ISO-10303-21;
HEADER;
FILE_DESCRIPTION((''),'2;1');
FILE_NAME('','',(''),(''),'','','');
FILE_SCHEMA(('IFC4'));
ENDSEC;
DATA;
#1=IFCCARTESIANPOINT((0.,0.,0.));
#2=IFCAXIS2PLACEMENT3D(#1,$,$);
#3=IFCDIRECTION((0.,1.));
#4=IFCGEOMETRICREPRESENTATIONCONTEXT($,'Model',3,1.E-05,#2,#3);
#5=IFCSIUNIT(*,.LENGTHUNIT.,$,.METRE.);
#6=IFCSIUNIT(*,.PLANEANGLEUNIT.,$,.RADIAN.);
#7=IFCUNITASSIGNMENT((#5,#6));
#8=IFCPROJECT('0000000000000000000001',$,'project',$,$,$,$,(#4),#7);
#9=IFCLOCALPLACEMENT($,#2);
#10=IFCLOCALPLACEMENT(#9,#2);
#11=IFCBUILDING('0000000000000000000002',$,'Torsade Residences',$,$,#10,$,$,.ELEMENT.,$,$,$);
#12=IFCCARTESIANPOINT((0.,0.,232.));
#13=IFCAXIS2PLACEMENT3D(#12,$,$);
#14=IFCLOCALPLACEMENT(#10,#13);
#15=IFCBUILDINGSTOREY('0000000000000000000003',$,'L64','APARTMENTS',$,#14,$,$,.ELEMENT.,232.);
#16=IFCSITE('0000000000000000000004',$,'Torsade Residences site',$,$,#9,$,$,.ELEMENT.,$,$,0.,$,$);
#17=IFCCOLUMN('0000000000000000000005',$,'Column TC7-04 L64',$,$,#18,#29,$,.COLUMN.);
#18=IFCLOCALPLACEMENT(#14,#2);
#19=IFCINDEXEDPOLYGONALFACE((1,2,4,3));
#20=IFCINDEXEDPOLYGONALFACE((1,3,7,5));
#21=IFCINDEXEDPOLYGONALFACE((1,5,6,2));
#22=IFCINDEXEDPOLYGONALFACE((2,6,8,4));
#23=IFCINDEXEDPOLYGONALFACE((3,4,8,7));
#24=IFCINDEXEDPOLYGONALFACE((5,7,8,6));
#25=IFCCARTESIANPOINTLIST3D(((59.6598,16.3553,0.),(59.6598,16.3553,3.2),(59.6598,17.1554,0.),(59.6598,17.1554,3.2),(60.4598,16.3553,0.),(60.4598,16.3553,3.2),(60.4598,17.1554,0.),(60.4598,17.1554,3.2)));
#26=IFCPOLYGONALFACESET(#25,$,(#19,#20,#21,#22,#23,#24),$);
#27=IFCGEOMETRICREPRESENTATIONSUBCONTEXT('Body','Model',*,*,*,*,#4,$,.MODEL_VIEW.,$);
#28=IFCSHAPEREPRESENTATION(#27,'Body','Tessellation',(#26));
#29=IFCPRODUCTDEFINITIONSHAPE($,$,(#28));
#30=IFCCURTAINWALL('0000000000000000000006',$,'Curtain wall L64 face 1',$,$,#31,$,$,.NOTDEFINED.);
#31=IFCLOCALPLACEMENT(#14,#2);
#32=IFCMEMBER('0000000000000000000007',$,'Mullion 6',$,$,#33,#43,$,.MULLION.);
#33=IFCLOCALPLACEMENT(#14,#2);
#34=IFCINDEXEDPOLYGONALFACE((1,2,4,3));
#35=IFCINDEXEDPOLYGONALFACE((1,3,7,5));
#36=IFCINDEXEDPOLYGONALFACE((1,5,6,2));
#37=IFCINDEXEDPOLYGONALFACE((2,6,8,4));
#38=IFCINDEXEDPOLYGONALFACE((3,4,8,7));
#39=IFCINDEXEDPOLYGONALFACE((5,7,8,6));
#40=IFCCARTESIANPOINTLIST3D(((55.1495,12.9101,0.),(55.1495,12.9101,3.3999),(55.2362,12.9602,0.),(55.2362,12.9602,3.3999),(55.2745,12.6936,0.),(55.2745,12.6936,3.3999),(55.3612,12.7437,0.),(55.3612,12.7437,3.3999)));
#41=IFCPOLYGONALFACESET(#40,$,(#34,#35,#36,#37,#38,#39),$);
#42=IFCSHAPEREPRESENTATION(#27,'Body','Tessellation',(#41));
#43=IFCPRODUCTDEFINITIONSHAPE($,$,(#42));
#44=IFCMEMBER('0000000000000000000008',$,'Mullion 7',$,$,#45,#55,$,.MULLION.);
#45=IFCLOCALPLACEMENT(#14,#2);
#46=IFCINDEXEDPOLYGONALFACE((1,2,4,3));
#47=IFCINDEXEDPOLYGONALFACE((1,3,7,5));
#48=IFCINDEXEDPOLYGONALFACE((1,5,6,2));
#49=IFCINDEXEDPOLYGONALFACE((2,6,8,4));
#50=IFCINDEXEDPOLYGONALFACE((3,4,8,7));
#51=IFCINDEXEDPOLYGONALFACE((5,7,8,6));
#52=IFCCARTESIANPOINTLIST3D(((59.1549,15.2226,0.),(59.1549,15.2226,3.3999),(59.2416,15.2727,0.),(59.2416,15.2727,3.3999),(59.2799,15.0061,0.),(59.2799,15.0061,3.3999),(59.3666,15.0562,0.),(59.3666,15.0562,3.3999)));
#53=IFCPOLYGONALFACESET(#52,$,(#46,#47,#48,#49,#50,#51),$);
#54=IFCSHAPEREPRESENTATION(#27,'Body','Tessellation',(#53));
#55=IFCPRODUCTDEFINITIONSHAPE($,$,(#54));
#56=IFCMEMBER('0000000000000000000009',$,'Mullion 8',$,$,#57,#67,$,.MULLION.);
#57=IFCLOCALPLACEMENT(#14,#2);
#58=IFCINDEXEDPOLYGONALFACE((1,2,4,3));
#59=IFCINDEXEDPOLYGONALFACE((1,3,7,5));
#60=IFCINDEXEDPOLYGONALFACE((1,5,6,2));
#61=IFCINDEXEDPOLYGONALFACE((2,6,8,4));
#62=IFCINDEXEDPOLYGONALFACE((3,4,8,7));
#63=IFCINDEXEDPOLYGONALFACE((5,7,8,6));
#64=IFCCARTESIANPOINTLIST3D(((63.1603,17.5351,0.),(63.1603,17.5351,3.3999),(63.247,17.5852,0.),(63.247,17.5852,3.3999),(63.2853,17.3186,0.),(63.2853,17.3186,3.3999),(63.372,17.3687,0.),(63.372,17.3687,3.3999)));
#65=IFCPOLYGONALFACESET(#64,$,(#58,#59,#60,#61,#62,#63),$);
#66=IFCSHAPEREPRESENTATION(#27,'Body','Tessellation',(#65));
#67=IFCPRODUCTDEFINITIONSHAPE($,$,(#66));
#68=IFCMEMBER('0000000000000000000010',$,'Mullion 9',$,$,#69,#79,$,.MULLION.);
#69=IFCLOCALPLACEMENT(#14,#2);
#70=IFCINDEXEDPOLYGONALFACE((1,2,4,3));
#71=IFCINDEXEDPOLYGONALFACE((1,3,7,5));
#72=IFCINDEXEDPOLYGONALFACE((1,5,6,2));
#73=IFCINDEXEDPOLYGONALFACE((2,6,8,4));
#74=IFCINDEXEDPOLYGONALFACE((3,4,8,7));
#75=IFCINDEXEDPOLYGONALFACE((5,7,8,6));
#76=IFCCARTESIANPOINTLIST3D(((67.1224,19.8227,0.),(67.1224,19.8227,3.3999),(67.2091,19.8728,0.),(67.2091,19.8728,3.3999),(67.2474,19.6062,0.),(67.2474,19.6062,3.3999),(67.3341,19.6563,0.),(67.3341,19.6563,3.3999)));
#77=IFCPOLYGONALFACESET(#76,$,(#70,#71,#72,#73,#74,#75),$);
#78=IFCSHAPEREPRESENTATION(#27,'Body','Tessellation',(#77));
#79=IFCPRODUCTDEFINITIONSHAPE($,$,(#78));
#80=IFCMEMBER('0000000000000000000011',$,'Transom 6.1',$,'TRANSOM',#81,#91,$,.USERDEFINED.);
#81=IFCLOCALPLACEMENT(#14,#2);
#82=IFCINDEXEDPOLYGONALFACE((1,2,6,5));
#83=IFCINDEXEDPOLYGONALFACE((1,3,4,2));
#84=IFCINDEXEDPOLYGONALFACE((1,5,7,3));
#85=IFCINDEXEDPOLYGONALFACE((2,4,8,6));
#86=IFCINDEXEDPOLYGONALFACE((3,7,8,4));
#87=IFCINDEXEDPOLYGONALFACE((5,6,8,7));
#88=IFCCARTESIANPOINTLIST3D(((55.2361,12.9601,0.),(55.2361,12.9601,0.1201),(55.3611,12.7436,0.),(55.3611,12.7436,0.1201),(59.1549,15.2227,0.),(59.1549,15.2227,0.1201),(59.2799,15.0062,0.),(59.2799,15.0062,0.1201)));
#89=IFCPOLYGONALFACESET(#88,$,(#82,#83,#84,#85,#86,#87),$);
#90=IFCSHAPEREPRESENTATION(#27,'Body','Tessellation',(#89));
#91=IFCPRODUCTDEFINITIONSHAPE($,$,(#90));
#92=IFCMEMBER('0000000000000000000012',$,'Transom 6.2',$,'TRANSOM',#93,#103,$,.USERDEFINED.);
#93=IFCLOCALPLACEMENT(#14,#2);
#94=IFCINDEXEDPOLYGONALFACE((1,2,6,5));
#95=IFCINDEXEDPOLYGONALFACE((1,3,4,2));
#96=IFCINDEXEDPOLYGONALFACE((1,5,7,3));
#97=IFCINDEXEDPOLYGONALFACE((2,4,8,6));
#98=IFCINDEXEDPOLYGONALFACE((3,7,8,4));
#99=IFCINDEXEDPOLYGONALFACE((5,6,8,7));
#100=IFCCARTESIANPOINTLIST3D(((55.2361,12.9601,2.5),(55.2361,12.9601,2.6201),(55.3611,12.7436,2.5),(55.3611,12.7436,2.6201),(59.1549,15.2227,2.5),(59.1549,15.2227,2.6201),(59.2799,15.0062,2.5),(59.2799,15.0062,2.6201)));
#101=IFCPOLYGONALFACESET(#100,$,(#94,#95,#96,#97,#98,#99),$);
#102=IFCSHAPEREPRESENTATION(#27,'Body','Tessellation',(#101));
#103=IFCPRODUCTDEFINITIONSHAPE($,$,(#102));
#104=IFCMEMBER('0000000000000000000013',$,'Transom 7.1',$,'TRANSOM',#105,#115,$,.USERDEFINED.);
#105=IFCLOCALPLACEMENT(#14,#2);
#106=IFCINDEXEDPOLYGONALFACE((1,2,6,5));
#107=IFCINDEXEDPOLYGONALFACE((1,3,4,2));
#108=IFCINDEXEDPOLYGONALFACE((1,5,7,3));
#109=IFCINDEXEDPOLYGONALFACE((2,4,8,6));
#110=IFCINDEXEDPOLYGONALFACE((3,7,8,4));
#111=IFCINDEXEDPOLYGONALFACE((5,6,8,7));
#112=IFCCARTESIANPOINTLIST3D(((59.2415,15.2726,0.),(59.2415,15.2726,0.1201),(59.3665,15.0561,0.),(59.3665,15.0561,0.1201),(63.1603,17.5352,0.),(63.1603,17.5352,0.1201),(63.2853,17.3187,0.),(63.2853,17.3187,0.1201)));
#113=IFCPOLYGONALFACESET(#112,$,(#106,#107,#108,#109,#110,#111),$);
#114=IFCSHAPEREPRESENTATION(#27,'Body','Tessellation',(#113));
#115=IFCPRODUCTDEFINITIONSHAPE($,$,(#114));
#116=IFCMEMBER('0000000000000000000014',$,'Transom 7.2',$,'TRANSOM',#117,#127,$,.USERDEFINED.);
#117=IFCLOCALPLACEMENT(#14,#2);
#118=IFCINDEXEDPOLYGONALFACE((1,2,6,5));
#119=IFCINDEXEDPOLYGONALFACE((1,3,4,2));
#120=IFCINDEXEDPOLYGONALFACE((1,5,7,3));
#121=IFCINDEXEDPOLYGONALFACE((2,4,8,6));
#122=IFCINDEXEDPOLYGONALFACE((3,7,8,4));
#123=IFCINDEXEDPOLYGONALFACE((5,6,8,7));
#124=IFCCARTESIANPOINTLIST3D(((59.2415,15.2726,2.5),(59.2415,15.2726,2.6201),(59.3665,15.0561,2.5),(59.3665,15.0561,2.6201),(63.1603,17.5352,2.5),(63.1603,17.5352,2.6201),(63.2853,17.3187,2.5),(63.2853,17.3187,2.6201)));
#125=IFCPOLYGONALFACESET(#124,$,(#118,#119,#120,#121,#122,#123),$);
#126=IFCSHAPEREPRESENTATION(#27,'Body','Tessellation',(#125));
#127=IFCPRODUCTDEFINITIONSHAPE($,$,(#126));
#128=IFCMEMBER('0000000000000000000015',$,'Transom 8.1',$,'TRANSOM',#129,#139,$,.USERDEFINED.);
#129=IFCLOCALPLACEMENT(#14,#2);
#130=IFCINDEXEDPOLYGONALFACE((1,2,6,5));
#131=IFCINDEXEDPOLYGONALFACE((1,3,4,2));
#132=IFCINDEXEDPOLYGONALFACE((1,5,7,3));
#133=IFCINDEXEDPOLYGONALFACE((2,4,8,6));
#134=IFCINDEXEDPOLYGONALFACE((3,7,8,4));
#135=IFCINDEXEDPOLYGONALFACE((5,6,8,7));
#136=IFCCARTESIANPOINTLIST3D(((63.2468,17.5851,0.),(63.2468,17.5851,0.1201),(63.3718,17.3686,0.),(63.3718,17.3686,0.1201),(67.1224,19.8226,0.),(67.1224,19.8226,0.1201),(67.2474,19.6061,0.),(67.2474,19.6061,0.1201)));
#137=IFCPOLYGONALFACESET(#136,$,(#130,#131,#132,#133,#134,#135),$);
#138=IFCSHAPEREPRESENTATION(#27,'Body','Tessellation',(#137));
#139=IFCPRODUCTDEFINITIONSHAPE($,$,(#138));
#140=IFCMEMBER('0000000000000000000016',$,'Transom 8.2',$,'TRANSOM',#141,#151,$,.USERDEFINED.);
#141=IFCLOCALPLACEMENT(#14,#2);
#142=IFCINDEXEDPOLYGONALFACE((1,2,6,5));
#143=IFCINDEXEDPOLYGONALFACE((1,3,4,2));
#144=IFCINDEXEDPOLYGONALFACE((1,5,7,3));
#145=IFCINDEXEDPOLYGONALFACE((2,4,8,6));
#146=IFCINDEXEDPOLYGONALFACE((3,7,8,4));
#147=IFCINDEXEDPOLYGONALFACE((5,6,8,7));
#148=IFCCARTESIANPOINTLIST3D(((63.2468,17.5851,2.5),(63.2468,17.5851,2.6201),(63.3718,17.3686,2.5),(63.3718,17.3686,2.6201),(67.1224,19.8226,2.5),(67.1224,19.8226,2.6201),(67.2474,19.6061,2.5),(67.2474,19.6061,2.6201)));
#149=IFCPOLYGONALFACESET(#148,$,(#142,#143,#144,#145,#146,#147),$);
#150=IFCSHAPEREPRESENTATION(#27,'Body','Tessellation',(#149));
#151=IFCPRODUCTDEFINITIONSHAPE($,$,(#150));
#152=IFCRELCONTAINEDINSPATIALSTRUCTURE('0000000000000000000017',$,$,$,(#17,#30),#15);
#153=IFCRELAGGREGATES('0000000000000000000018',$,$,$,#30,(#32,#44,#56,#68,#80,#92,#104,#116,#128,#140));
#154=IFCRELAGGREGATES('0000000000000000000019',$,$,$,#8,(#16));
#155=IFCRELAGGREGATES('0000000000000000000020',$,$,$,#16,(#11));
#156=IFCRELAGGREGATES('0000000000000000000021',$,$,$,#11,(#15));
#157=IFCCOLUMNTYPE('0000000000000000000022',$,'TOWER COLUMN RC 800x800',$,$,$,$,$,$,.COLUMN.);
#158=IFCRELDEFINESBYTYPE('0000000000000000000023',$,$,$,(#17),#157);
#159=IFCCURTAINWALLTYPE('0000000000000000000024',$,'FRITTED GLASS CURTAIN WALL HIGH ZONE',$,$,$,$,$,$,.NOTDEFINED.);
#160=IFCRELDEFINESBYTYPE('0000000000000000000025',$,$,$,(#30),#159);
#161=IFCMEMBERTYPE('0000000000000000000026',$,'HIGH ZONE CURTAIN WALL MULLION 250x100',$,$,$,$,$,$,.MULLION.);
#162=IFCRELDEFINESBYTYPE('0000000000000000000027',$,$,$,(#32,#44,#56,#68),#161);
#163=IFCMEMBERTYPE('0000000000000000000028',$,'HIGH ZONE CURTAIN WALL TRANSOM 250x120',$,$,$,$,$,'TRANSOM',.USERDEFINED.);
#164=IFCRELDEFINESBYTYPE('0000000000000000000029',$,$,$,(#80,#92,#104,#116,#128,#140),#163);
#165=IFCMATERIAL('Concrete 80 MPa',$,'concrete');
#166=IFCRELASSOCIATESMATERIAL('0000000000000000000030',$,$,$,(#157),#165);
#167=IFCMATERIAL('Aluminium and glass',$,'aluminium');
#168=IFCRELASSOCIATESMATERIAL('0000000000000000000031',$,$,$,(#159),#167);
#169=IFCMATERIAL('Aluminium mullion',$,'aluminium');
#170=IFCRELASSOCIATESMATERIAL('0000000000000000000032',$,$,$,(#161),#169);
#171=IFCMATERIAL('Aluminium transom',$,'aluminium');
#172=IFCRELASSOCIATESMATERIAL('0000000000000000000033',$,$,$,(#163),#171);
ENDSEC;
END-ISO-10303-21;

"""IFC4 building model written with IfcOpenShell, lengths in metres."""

from ifc_helpers import new_model, si_unit, direction, frame, origin, origin_2d, place, context, subcontext, project, spatial, rectangle, extrude, material, material_profile, profile_set, type_object, element, aggregate, save


model = new_model("IFC4")

# Units and contexts
model_context = context("Model", 3, precision=1e-05, world=origin(), true_north=direction((0.0, 1.0)))
body_context = subcontext(model_context, "Body", "Model", "MODEL_VIEW")
ifc_project = project(units=[si_unit("LENGTHUNIT", "METRE"), si_unit("PLANEANGLEUNIT", "RADIAN")], contexts=[model_context])

# Site, building, storey
site_placement = place(None, origin())
site = spatial("IfcSite", under=ifc_project, at=site_placement, Name="Torsade Residences site", CompositionType="ELEMENT", RefElevation=0.0)
building_placement = place(site_placement, origin())
building = spatial("IfcBuilding", under=site, at=building_placement, Name="Torsade Residences", CompositionType="ELEMENT")
storey_placement = place(building_placement, frame((0.0, 0.0, 232.0)))
storey = spatial("IfcBuildingStorey", under=building, at=storey_placement, Name="L64", Description="APARTMENTS", CompositionType="ELEMENT", Elevation=232.0)

# Column
ifc_material_1 = material(Name="Concrete 80 MPa", Category="concrete")
ifc_material_profile_1 = material_profile(ifc_material_1, rectangle(XDim=0.8, YDim=0.8, at=origin_2d()), Name="RC 800x800")
ifc_profile_set_1 = profile_set([ifc_material_profile_1], Name="Concrete 80 MPa")
column_type = type_object("IfcColumnType", Name="TOWER COLUMN RC 800x800", PredefinedType="COLUMN", material=ifc_profile_set_1)
column_placement = place(storey_placement, frame((60.0598, 16.7554, 0.0), z_axis=(0.0, 0.0, 1.0), x_axis=(1.0, 0.0, 0.0)))
element("IfcColumn", 1, at=column_placement, inside=storey, type_object=column_type, Name="Column TC7-04 L64", PredefinedType="COLUMN", context=body_context, shape_type="SweptSolid", body=[
    extrude(rectangle(XDim=0.8, YDim=0.8, at=origin_2d()), origin(), (0.0, 0.0, 1.0), 3.2),
])

# Curtain wall, members
ifc_material_2 = material(Name="Aluminium and glass", Category="aluminium")
curtain_wall_type = type_object("IfcCurtainWallType", Name="FRITTED GLASS CURTAIN WALL HIGH ZONE", PredefinedType="NOTDEFINED", material=ifc_material_2)
curtain_wall_placement = place(storey_placement, origin())
curtain_wall = element("IfcCurtainWall", 2, at=curtain_wall_placement, inside=storey, type_object=curtain_wall_type, Name="Curtain wall L64 face 1", PredefinedType="NOTDEFINED")
ifc_material_3 = material(Name="Aluminium mullion", Category="aluminium")
ifc_material_profile_2 = material_profile(ifc_material_3, rectangle(XDim=0.25, YDim=0.1001, at=origin_2d()), Name="HIGH ZONE CURTAIN WALL MULLION 250x100")
ifc_profile_set_2 = profile_set([ifc_material_profile_2], Name="Aluminium mullion")
member_type_1 = type_object("IfcMemberType", Name="HIGH ZONE CURTAIN WALL MULLION 250x100", PredefinedType="MULLION", material=ifc_profile_set_2)
member_1_placement = place(storey_placement, frame((55.2554, 12.8269, 0.0), z_axis=(0.0, 0.0, 1.0), x_axis=(-0.5, 0.866025, 0.0)))
member_1 = element("IfcMember", 3, at=member_1_placement, type_object=member_type_1, Name="Mullion 6", PredefinedType="MULLION", context=body_context, shape_type="SweptSolid", body=[
    extrude(rectangle(XDim=0.25, YDim=0.1001, at=origin_2d()), origin(), (0.0, 0.0, 1.0), 3.3999),
])
member_2_placement = place(storey_placement, frame((59.2607, 15.1394, 0.0), z_axis=(0.0, 0.0, 1.0), x_axis=(-0.5, 0.866025, 0.0)))
member_2 = element("IfcMember", 4, at=member_2_placement, type_object=member_type_1, Name="Mullion 7", PredefinedType="MULLION", context=body_context, shape_type="SweptSolid", body=[
    extrude(rectangle(XDim=0.25, YDim=0.1001, at=origin_2d()), origin(), (0.0, 0.0, 1.0), 3.3999),
])
member_3_placement = place(storey_placement, frame((63.2661, 17.4519, 0.0), z_axis=(0.0, 0.0, 1.0), x_axis=(-0.5, 0.866025, 0.0)))
member_3 = element("IfcMember", 5, at=member_3_placement, type_object=member_type_1, Name="Mullion 8", PredefinedType="MULLION", context=body_context, shape_type="SweptSolid", body=[
    extrude(rectangle(XDim=0.25, YDim=0.1001, at=origin_2d()), origin(), (0.0, 0.0, 1.0), 3.3999),
])
member_4_placement = place(storey_placement, frame((67.2283, 19.7395, 0.0), z_axis=(0.0, 0.0, 1.0), x_axis=(-0.5, 0.866025, 0.0)))
member_4 = element("IfcMember", 6, at=member_4_placement, type_object=member_type_1, Name="Mullion 9", PredefinedType="MULLION", context=body_context, shape_type="SweptSolid", body=[
    extrude(rectangle(XDim=0.25, YDim=0.1001, at=origin_2d()), origin(), (0.0, 0.0, 1.0), 3.3999),
])
ifc_material_4 = material(Name="Aluminium transom", Category="aluminium")
ifc_material_profile_3 = material_profile(ifc_material_4, rectangle(XDim=0.25, YDim=0.1201, at=origin_2d()), Name="HIGH ZONE CURTAIN WALL TRANSOM 250x120")
ifc_profile_set_3 = profile_set([ifc_material_profile_3], Name="Aluminium transom")
member_type_2 = type_object("IfcMemberType", Name="HIGH ZONE CURTAIN WALL TRANSOM 250x120", ElementType="TRANSOM", PredefinedType="USERDEFINED", material=ifc_profile_set_3)
member_5_placement = place(storey_placement, frame((55.2986, 12.8518, 0.0601), z_axis=(0.866017, 0.500015, 0.0), x_axis=(-0.500015, 0.866017, 0.0)))
member_5 = element("IfcMember", 7, at=member_5_placement, type_object=member_type_2, Name="Transom 6.1", ObjectType="TRANSOM", PredefinedType="USERDEFINED", context=body_context, shape_type="SweptSolid", body=[
    extrude(rectangle(XDim=0.25, YDim=0.1201, at=origin_2d()), origin(), (0.0, 0.0, 1.0), 4.5251),
])
member_6_placement = place(storey_placement, frame((55.2986, 12.8518, 2.5601), z_axis=(0.866017, 0.500015, 0.0), x_axis=(-0.500015, 0.866017, 0.0)))
member_6 = element("IfcMember", 8, at=member_6_placement, type_object=member_type_2, Name="Transom 6.2", ObjectType="TRANSOM", PredefinedType="USERDEFINED", context=body_context, shape_type="SweptSolid", body=[
    extrude(rectangle(XDim=0.25, YDim=0.1201, at=origin_2d()), origin(), (0.0, 0.0, 1.0), 4.5251),
])
member_7_placement = place(storey_placement, frame((59.304, 15.1643, 0.0601), z_axis=(0.866017, 0.500015, 0.0), x_axis=(-0.500015, 0.866017, 0.0)))
member_7 = element("IfcMember", 9, at=member_7_placement, type_object=member_type_2, Name="Transom 7.1", ObjectType="TRANSOM", PredefinedType="USERDEFINED", context=body_context, shape_type="SweptSolid", body=[
    extrude(rectangle(XDim=0.25, YDim=0.1201, at=origin_2d()), origin(), (0.0, 0.0, 1.0), 4.5251),
])
member_8_placement = place(storey_placement, frame((59.304, 15.1643, 2.5601), z_axis=(0.866017, 0.500015, 0.0), x_axis=(-0.500015, 0.866017, 0.0)))
member_8 = element("IfcMember", 10, at=member_8_placement, type_object=member_type_2, Name="Transom 7.2", ObjectType="TRANSOM", PredefinedType="USERDEFINED", context=body_context, shape_type="SweptSolid", body=[
    extrude(rectangle(XDim=0.25, YDim=0.1201, at=origin_2d()), origin(), (0.0, 0.0, 1.0), 4.5251),
])
member_9_placement = place(storey_placement, frame((63.3093, 17.4768, 0.0601), z_axis=(0.866022, 0.500006, 0.0), x_axis=(-0.500006, 0.866022, 0.0)))
member_9 = element("IfcMember", 11, at=member_9_placement, type_object=member_type_2, Name="Transom 8.1", ObjectType="TRANSOM", PredefinedType="USERDEFINED", context=body_context, shape_type="SweptSolid", body=[
    extrude(rectangle(XDim=0.25, YDim=0.1201, at=origin_2d()), origin(), (0.0, 0.0, 1.0), 4.4751),
])
member_10_placement = place(storey_placement, frame((63.3093, 17.4768, 2.5601), z_axis=(0.866022, 0.500006, 0.0), x_axis=(-0.500006, 0.866022, 0.0)))
member_10 = element("IfcMember", 12, at=member_10_placement, type_object=member_type_2, Name="Transom 8.2", ObjectType="TRANSOM", PredefinedType="USERDEFINED", context=body_context, shape_type="SweptSolid", body=[
    extrude(rectangle(XDim=0.25, YDim=0.1201, at=origin_2d()), origin(), (0.0, 0.0, 1.0), 4.4751),
])

aggregate(curtain_wall, [member_1, member_2, member_3, member_4, member_5, member_6, member_7, member_8, member_9, member_10])

save(model, "model.ifc")
